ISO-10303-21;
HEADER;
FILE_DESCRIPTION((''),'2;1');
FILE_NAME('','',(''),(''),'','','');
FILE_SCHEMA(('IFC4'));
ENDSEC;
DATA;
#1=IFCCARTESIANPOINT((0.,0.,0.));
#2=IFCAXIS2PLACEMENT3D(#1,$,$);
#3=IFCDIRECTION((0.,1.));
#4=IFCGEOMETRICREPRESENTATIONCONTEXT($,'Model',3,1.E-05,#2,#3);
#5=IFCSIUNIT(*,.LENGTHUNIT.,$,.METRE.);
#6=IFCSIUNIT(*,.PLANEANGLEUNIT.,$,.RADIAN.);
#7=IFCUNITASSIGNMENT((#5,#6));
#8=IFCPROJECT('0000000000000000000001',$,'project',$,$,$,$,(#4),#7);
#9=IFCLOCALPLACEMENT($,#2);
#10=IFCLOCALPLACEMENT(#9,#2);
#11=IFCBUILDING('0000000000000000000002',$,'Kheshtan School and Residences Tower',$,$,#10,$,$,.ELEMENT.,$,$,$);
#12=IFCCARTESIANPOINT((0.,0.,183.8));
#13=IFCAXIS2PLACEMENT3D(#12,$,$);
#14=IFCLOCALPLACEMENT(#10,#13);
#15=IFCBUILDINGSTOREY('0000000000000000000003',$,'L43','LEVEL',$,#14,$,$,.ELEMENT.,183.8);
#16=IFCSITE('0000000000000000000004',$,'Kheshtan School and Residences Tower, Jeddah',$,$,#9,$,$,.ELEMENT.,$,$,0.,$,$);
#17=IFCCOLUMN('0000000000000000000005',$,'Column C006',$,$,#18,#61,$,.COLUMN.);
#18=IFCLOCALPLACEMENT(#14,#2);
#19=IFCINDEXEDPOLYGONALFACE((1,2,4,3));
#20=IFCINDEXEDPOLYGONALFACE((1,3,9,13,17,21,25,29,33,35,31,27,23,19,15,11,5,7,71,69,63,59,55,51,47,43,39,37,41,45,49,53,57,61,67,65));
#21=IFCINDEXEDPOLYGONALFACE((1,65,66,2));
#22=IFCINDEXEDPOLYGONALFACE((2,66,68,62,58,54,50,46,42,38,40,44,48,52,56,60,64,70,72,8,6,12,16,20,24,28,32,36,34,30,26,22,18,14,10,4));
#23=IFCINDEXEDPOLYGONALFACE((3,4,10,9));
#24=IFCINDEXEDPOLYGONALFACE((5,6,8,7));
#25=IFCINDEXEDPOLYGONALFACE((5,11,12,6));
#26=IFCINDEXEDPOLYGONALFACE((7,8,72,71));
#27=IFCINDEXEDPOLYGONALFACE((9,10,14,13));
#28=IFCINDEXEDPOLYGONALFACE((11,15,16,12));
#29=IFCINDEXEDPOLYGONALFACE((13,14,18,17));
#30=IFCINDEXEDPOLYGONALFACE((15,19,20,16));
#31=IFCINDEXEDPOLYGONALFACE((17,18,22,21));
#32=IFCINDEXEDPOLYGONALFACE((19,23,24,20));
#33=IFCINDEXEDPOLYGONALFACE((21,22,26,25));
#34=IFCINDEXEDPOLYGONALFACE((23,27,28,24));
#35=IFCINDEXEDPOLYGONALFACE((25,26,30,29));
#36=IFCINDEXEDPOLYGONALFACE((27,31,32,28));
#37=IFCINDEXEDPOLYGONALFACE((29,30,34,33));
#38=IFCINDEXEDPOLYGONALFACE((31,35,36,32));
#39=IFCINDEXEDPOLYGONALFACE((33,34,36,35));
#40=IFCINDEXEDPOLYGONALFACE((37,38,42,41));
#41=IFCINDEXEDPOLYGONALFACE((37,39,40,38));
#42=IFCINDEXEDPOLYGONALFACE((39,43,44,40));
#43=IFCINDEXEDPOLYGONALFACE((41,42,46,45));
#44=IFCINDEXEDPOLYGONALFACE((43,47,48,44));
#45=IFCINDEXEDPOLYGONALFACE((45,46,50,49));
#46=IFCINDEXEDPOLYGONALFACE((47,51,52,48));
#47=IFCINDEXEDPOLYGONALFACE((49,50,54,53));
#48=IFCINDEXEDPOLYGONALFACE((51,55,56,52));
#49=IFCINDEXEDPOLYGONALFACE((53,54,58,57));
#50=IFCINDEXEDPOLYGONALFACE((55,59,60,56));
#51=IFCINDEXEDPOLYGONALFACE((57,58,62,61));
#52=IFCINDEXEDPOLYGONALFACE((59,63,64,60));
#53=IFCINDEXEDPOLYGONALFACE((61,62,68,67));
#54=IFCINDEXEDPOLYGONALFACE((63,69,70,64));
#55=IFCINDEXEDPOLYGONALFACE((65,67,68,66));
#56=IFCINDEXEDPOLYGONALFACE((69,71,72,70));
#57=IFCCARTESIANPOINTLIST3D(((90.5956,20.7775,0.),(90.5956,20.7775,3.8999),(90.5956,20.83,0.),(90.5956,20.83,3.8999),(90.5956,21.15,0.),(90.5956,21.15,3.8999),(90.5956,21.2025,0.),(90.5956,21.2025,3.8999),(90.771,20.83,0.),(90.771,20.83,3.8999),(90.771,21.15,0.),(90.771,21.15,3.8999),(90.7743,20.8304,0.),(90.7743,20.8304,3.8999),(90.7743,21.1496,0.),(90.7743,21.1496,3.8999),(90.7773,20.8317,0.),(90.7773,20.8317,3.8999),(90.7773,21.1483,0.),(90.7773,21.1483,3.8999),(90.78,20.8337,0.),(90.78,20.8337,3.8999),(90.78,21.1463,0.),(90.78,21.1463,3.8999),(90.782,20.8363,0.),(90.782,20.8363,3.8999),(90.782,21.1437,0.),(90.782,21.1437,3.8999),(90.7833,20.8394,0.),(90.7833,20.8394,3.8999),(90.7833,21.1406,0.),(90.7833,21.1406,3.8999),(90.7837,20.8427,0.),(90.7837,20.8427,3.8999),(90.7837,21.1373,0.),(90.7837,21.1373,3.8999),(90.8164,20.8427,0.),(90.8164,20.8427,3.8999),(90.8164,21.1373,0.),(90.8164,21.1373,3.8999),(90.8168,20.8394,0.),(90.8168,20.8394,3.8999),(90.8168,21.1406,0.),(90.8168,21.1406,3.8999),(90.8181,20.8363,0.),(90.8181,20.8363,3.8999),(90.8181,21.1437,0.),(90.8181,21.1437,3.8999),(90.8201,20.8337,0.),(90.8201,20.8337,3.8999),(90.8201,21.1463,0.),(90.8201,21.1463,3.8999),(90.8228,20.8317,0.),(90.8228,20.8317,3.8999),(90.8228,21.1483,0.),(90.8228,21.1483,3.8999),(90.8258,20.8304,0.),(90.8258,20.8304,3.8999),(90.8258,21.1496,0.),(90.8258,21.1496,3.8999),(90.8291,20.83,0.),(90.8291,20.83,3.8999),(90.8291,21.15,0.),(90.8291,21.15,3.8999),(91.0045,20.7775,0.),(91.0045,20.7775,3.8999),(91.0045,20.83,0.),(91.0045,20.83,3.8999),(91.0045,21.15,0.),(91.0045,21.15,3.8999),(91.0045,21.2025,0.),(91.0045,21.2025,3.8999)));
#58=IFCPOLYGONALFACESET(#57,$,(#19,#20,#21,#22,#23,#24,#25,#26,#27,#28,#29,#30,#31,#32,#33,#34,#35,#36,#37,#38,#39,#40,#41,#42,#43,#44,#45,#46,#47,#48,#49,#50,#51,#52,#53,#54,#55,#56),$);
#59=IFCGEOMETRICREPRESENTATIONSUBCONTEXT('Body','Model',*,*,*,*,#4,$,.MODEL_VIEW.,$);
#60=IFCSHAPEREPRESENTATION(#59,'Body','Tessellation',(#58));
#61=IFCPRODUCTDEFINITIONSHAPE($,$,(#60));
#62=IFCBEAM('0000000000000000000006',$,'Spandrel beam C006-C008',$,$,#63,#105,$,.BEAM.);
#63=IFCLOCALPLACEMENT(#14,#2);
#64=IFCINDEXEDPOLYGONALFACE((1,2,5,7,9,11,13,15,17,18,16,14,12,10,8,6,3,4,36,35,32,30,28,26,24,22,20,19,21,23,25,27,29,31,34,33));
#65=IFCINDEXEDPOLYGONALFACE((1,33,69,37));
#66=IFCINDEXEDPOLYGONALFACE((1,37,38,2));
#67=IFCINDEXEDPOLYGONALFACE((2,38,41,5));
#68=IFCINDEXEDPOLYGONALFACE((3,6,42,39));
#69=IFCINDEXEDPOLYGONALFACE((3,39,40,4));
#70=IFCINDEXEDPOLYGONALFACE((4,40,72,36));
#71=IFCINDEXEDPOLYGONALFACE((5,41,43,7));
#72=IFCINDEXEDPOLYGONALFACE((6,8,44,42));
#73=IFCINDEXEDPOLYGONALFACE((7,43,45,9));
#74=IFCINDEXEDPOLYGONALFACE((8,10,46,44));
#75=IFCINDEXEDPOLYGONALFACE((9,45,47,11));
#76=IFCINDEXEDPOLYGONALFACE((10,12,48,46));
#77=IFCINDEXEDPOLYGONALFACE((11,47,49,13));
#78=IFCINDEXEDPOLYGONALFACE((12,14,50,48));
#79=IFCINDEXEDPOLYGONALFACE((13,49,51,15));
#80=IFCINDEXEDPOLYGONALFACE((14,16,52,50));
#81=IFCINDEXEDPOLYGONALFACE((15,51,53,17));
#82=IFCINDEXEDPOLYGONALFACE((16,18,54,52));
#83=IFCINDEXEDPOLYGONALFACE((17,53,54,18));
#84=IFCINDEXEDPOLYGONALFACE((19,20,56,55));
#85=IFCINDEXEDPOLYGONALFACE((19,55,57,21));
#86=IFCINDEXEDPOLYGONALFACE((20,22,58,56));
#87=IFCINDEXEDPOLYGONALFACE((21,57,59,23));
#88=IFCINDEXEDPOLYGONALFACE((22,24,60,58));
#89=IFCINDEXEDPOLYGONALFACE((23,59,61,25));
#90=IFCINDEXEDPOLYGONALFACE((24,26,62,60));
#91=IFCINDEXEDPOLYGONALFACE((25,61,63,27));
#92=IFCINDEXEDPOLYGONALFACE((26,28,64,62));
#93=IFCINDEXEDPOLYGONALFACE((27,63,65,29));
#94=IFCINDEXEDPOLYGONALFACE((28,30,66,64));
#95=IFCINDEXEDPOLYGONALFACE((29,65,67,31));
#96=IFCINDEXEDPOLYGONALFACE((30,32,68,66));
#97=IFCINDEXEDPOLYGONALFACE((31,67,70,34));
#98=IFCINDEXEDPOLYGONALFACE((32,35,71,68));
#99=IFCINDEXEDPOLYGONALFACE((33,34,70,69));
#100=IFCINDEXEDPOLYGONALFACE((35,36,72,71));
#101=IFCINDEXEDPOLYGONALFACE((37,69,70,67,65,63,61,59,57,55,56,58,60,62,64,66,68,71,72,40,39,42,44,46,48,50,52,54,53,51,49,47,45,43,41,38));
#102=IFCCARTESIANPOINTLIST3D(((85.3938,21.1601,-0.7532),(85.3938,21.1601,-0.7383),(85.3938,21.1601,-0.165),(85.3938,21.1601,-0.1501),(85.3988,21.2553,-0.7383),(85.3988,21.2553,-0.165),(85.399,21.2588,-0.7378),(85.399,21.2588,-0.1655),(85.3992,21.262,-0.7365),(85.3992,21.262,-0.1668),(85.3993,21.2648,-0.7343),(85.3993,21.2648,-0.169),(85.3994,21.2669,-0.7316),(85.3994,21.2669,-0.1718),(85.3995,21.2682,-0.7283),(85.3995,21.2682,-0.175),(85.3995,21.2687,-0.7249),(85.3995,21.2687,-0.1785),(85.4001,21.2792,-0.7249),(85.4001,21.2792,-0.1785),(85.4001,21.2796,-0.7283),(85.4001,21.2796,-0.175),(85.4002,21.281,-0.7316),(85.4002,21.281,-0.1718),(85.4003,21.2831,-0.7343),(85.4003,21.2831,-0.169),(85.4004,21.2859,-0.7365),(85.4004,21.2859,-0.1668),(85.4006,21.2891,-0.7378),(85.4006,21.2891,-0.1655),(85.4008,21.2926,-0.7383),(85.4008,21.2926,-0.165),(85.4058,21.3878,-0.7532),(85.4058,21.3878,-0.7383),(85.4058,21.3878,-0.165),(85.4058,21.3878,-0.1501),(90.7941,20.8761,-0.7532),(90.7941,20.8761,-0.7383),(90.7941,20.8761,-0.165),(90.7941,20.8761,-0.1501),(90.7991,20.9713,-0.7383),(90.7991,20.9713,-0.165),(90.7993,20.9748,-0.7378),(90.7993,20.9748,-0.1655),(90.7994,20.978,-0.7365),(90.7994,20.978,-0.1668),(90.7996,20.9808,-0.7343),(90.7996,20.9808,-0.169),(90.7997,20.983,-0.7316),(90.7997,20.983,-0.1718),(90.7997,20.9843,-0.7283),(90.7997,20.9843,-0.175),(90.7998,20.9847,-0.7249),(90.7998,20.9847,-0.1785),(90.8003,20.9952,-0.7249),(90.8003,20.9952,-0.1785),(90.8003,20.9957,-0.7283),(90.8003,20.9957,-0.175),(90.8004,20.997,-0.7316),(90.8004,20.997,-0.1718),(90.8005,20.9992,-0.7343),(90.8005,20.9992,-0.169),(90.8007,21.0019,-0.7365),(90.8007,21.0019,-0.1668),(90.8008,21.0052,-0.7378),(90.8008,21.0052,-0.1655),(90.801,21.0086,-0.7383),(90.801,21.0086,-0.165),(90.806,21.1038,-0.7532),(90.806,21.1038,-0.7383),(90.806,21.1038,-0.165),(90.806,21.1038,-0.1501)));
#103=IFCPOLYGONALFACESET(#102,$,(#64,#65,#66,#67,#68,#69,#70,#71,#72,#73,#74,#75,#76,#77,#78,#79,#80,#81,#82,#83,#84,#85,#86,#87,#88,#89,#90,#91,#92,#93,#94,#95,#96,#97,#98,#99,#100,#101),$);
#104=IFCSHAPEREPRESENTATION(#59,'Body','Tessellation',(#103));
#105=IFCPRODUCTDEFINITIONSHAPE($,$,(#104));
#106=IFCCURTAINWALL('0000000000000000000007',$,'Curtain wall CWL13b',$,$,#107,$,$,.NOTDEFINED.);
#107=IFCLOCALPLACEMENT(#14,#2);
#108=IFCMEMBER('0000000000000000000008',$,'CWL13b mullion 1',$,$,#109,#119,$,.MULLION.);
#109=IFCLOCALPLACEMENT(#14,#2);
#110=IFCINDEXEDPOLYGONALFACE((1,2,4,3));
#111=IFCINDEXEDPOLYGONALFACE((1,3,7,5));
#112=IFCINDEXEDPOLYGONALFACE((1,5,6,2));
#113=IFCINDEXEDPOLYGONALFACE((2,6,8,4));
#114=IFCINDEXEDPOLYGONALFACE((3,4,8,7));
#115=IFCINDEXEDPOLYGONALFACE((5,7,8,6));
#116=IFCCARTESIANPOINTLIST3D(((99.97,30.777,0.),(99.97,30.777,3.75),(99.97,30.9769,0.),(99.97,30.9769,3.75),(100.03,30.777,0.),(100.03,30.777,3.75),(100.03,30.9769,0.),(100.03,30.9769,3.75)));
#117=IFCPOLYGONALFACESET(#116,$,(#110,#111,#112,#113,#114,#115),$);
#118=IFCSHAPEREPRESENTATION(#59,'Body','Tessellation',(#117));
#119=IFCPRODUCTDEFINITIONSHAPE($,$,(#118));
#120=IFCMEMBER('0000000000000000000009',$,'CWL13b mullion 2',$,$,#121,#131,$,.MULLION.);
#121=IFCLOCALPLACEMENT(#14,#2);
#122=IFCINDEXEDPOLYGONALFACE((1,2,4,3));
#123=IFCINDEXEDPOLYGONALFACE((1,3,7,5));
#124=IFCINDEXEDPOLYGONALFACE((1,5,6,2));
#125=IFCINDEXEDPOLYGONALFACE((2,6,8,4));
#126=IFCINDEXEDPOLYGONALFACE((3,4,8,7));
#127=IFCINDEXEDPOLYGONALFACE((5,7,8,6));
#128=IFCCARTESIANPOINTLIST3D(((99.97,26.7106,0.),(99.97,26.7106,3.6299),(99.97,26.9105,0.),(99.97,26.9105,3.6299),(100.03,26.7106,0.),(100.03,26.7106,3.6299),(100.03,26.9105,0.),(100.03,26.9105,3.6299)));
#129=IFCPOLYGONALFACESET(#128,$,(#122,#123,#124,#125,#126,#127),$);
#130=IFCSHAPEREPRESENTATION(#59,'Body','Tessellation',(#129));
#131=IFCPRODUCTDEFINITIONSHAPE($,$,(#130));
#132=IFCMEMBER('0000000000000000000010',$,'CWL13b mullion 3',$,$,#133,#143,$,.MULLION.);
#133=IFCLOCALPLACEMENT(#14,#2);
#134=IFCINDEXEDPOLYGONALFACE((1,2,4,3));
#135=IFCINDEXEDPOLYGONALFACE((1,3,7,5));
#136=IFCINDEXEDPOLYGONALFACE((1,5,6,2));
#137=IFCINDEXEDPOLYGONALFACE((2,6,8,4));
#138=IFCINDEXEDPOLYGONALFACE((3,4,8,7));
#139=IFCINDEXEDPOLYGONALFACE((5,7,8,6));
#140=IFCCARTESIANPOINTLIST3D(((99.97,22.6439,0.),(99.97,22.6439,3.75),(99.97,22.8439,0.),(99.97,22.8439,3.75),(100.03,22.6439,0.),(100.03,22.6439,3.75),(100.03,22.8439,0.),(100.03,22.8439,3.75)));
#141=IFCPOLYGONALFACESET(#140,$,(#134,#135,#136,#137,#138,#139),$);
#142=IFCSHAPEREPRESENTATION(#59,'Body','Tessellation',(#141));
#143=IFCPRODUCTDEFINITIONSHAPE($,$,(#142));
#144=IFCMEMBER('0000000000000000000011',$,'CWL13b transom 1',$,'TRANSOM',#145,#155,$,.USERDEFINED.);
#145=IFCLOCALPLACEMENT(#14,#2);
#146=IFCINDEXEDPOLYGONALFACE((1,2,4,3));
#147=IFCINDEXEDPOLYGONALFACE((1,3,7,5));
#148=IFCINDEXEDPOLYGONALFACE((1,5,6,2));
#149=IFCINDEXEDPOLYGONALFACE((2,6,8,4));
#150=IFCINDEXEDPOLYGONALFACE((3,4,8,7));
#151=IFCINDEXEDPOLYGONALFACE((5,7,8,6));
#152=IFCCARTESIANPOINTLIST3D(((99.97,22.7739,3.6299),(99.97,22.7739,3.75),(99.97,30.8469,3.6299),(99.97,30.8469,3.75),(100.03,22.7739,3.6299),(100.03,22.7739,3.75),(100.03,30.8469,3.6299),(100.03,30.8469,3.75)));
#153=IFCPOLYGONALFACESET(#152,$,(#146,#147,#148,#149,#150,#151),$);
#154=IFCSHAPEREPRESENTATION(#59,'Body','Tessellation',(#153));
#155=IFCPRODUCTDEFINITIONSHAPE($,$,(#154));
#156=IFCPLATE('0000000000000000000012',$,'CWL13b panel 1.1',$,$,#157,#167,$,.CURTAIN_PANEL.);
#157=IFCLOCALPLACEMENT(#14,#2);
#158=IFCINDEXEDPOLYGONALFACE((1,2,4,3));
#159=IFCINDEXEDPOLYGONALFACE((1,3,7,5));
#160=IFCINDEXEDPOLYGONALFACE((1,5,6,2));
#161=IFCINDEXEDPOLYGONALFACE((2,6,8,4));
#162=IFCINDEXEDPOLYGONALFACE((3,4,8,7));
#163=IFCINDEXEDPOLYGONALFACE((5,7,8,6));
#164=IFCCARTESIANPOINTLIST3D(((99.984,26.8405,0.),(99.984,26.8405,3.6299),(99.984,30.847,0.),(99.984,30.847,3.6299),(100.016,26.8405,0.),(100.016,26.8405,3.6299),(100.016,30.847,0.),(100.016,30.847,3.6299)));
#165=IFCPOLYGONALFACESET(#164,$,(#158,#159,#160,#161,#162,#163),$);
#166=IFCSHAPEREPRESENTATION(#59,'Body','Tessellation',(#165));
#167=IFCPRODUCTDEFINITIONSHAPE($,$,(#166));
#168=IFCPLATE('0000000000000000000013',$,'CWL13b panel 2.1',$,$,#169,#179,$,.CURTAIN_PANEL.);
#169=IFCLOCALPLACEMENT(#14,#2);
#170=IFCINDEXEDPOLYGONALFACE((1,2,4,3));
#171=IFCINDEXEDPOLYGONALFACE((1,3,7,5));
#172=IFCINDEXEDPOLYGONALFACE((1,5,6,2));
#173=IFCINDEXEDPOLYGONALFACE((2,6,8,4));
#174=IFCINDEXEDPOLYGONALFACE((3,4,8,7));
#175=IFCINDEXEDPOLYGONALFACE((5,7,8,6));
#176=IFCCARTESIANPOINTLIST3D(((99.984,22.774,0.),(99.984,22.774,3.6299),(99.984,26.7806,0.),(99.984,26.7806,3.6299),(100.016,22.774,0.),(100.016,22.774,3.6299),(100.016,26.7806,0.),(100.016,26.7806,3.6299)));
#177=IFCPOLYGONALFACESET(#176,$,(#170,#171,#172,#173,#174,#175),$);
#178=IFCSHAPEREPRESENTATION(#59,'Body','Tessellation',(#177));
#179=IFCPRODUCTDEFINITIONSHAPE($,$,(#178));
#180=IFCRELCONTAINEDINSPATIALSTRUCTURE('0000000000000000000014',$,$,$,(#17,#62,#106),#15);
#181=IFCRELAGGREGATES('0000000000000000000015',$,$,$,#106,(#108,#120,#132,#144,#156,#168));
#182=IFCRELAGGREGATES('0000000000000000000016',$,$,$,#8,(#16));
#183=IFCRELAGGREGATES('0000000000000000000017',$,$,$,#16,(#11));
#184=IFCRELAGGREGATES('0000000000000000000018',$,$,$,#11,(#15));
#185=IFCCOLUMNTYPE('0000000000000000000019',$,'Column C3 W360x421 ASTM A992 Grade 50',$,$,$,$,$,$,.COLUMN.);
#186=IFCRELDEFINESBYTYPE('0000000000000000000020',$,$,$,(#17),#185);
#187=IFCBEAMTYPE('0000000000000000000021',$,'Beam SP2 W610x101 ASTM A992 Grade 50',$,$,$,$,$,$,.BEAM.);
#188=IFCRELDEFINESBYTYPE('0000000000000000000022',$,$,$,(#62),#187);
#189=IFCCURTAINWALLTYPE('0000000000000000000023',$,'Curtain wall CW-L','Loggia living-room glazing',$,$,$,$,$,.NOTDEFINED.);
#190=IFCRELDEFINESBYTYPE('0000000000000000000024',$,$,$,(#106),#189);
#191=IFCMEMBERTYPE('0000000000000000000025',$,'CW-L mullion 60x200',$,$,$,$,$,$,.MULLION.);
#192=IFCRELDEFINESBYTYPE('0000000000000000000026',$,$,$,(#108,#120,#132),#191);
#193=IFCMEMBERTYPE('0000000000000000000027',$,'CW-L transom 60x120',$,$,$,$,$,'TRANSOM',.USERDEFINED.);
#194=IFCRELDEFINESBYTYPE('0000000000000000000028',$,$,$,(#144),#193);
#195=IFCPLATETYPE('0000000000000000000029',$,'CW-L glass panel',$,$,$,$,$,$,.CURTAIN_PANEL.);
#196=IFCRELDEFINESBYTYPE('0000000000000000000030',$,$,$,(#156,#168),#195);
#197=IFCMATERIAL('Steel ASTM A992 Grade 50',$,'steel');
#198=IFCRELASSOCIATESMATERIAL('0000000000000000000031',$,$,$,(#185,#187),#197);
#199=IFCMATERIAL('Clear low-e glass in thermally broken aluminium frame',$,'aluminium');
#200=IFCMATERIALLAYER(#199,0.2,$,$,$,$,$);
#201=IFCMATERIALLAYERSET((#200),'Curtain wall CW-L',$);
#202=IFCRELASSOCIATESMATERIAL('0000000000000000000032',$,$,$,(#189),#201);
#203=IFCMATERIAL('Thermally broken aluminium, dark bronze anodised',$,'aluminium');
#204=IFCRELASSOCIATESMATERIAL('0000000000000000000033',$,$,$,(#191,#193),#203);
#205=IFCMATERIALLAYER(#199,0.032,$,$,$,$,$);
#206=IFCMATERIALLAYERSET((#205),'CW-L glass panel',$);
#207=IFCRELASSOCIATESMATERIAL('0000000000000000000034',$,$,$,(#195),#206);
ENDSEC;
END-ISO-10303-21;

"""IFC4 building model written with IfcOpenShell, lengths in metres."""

from ifc_helpers import new_model, si_unit, direction, frame, origin, origin_2d, place, context, subcontext, project, spatial, rectangle, i_section, extrude, material, layer, layer_set, material_profile, profile_set, type_object, element, aggregate, save


model = new_model("IFC4")

# Units and contexts
model_context = context("Model", 3, precision=1e-05, world=origin(), true_north=direction((0.0, 1.0)))
body_context = subcontext(model_context, "Body", "Model", "MODEL_VIEW")
ifc_project = project(units=[si_unit("LENGTHUNIT", "METRE"), si_unit("PLANEANGLEUNIT", "RADIAN")], contexts=[model_context])

# Site, building, storey
site_placement = place(None, origin())
site = spatial("IfcSite", under=ifc_project, at=site_placement, Name="Kheshtan School and Residences Tower, Jeddah", CompositionType="ELEMENT", RefElevation=0.0)
building_placement = place(site_placement, origin())
building = spatial("IfcBuilding", under=site, at=building_placement, Name="Kheshtan School and Residences Tower", CompositionType="ELEMENT")
storey_placement = place(building_placement, frame((0.0, 0.0, 183.8)))
storey = spatial("IfcBuildingStorey", under=building, at=storey_placement, Name="L43", Description="LEVEL", CompositionType="ELEMENT", Elevation=183.8)

# Column
ifc_material_1 = material(Name="Steel ASTM A992 Grade 50", Category="steel")
ifc_material_profile_1 = material_profile(ifc_material_1, i_section(OverallWidth=0.4089, OverallDepth=0.425, WebThickness=0.0327, FlangeThickness=0.0525, FilletRadius=0.0127, at=origin_2d()), Name="W360x421")
ifc_profile_set_1 = profile_set([ifc_material_profile_1], Name="Steel ASTM A992 Grade 50")
column_type = type_object("IfcColumnType", Name="Column C3 W360x421 ASTM A992 Grade 50", PredefinedType="COLUMN", material=ifc_profile_set_1)
column_placement = place(storey_placement, frame((90.8, 20.99, 0.0), z_axis=(0.0, 0.0, 1.0), x_axis=(1.0, 0.0, 0.0)))
element("IfcColumn", 1, at=column_placement, inside=storey, type_object=column_type, Name="Column C006", PredefinedType="COLUMN", context=body_context, shape_type="SweptSolid", body=[
    extrude(i_section(OverallWidth=0.4089, OverallDepth=0.425, WebThickness=0.0327, FlangeThickness=0.0525, FilletRadius=0.0127, at=origin_2d()), origin(), (0.0, 0.0, 1.0), 3.8999),
])

# Beam
ifc_material_profile_2 = material_profile(ifc_material_1, i_section(OverallWidth=0.228, OverallDepth=0.603, WebThickness=0.0105, FlangeThickness=0.0149, FilletRadius=0.0134, at=origin_2d()), Name="W610x101")
ifc_profile_set_2 = profile_set([ifc_material_profile_2], Name="Steel ASTM A992 Grade 50")
beam_type = type_object("IfcBeamType", Name="Beam SP2 W610x101 ASTM A992 Grade 50", PredefinedType="BEAM", material=ifc_profile_set_2)
beam_placement = place(storey_placement, frame((90.8, 20.99, -0.4517), z_axis=(-0.998621, 0.052507, 0.0), x_axis=(-0.052507, -0.998621, 0.0)))
element("IfcBeam", 2, at=beam_placement, inside=storey, type_object=beam_type, Name="Spandrel beam C006-C008", PredefinedType="BEAM", context=body_context, shape_type="SweptSolid", body=[
    extrude(i_section(OverallWidth=0.228, OverallDepth=0.603, WebThickness=0.0105, FlangeThickness=0.0149, FilletRadius=0.0134, at=origin_2d()), origin(), (0.0, 0.0, 1.0), 5.4077),
])

# Curtain wall, members, plates
ifc_material_2 = material(Name="Clear low-e glass in thermally broken aluminium frame", Category="aluminium")
ifc_layer_1 = layer(ifc_material_2, 0.2)
ifc_layer_set_1 = layer_set([ifc_layer_1], Name="Curtain wall CW-L")
curtain_wall_type = type_object("IfcCurtainWallType", Name="Curtain wall CW-L", Description="Loggia living-room glazing", PredefinedType="NOTDEFINED", material=ifc_layer_set_1)
curtain_wall_placement = place(storey_placement, origin())
curtain_wall = element("IfcCurtainWall", 3, at=curtain_wall_placement, inside=storey, type_object=curtain_wall_type, Name="Curtain wall CWL13b", PredefinedType="NOTDEFINED")
ifc_material_3 = material(Name="Thermally broken aluminium, dark bronze anodised", Category="aluminium")
ifc_material_profile_3 = material_profile(ifc_material_3, rectangle(XDim=0.0601, YDim=0.2, at=origin_2d()), Name="CW-L mullion 60x200")
ifc_profile_set_3 = profile_set([ifc_material_profile_3], Name="Thermally broken aluminium, dark bronze anodised")
member_type_1 = type_object("IfcMemberType", Name="CW-L mullion 60x200", PredefinedType="MULLION", material=ifc_profile_set_3)
member_1_placement = place(storey_placement, frame((100.0, 30.877, 0.0), z_axis=(0.0, 0.0, 1.0), x_axis=(1.0, 0.0, 0.0)))
member_1 = element("IfcMember", 4, at=member_1_placement, type_object=member_type_1, Name="CWL13b mullion 1", PredefinedType="MULLION", context=body_context, shape_type="SweptSolid", body=[
    extrude(rectangle(XDim=0.0601, YDim=0.2, at=origin_2d()), origin(), (0.0, 0.0, 1.0), 3.75),
])
member_2_placement = place(storey_placement, frame((100.0, 26.8105, 0.0), z_axis=(0.0, 0.0, 1.0), x_axis=(1.0, 0.0, 0.0)))
member_2 = element("IfcMember", 5, at=member_2_placement, type_object=member_type_1, Name="CWL13b mullion 2", PredefinedType="MULLION", context=body_context, shape_type="SweptSolid", body=[
    extrude(rectangle(XDim=0.0601, YDim=0.2, at=origin_2d()), origin(), (0.0, 0.0, 1.0), 3.6299),
])
member_3_placement = place(storey_placement, frame((100.0, 22.7439, 0.0), z_axis=(0.0, 0.0, 1.0), x_axis=(1.0, 0.0, 0.0)))
member_3 = element("IfcMember", 6, at=member_3_placement, type_object=member_type_1, Name="CWL13b mullion 3", PredefinedType="MULLION", context=body_context, shape_type="SweptSolid", body=[
    extrude(rectangle(XDim=0.0601, YDim=0.2, at=origin_2d()), origin(), (0.0, 0.0, 1.0), 3.75),
])
ifc_material_profile_4 = material_profile(ifc_material_3, rectangle(XDim=0.0601, YDim=0.1201, at=origin_2d()), Name="CW-L transom 60x120")
ifc_profile_set_4 = profile_set([ifc_material_profile_4], Name="Thermally broken aluminium, dark bronze anodised")
member_type_2 = type_object("IfcMemberType", Name="CW-L transom 60x120", ElementType="TRANSOM", PredefinedType="USERDEFINED", material=ifc_profile_set_4)
member_4_placement = place(storey_placement, frame((100.0, 30.8469, 3.6899), z_axis=(0.0, -1.0, 0.0), x_axis=(1.0, 0.0, 0.0)))
member_4 = element("IfcMember", 7, at=member_4_placement, type_object=member_type_2, Name="CWL13b transom 1", ObjectType="TRANSOM", PredefinedType="USERDEFINED", context=body_context, shape_type="SweptSolid", body=[
    extrude(rectangle(XDim=0.0601, YDim=0.1201, at=origin_2d()), origin(), (0.0, 0.0, 1.0), 8.073),
])
ifc_layer_2 = layer(ifc_material_2, 0.032)
ifc_layer_set_2 = layer_set([ifc_layer_2], Name="CW-L glass panel")
plate_type = type_object("IfcPlateType", Name="CW-L glass panel", PredefinedType="CURTAIN_PANEL", material=ifc_layer_set_2)
plate_1_placement = place(storey_placement, frame((100.0, 28.8438, 0.0), z_axis=(0.0, 0.0, 1.0), x_axis=(0.0, -1.0, 0.0)))
plate_1 = element("IfcPlate", 8, at=plate_1_placement, type_object=plate_type, Name="CWL13b panel 1.1", PredefinedType="CURTAIN_PANEL", context=body_context, shape_type="SweptSolid", body=[
    extrude(rectangle(XDim=4.0066, YDim=0.032, at=origin_2d()), origin(), (0.0, 0.0, 1.0), 3.6299),
])
plate_2_placement = place(storey_placement, frame((100.0, 24.7773, 0.0), z_axis=(0.0, 0.0, 1.0), x_axis=(0.0, -1.0, 0.0)))
plate_2 = element("IfcPlate", 9, at=plate_2_placement, type_object=plate_type, Name="CWL13b panel 2.1", PredefinedType="CURTAIN_PANEL", context=body_context, shape_type="SweptSolid", body=[
    extrude(rectangle(XDim=4.0066, YDim=0.032, at=origin_2d()), origin(), (0.0, 0.0, 1.0), 3.6299),
])
aggregate(curtain_wall, [member_1, member_2, member_3, member_4, plate_1, plate_2])

save(model, "model.ifc")
